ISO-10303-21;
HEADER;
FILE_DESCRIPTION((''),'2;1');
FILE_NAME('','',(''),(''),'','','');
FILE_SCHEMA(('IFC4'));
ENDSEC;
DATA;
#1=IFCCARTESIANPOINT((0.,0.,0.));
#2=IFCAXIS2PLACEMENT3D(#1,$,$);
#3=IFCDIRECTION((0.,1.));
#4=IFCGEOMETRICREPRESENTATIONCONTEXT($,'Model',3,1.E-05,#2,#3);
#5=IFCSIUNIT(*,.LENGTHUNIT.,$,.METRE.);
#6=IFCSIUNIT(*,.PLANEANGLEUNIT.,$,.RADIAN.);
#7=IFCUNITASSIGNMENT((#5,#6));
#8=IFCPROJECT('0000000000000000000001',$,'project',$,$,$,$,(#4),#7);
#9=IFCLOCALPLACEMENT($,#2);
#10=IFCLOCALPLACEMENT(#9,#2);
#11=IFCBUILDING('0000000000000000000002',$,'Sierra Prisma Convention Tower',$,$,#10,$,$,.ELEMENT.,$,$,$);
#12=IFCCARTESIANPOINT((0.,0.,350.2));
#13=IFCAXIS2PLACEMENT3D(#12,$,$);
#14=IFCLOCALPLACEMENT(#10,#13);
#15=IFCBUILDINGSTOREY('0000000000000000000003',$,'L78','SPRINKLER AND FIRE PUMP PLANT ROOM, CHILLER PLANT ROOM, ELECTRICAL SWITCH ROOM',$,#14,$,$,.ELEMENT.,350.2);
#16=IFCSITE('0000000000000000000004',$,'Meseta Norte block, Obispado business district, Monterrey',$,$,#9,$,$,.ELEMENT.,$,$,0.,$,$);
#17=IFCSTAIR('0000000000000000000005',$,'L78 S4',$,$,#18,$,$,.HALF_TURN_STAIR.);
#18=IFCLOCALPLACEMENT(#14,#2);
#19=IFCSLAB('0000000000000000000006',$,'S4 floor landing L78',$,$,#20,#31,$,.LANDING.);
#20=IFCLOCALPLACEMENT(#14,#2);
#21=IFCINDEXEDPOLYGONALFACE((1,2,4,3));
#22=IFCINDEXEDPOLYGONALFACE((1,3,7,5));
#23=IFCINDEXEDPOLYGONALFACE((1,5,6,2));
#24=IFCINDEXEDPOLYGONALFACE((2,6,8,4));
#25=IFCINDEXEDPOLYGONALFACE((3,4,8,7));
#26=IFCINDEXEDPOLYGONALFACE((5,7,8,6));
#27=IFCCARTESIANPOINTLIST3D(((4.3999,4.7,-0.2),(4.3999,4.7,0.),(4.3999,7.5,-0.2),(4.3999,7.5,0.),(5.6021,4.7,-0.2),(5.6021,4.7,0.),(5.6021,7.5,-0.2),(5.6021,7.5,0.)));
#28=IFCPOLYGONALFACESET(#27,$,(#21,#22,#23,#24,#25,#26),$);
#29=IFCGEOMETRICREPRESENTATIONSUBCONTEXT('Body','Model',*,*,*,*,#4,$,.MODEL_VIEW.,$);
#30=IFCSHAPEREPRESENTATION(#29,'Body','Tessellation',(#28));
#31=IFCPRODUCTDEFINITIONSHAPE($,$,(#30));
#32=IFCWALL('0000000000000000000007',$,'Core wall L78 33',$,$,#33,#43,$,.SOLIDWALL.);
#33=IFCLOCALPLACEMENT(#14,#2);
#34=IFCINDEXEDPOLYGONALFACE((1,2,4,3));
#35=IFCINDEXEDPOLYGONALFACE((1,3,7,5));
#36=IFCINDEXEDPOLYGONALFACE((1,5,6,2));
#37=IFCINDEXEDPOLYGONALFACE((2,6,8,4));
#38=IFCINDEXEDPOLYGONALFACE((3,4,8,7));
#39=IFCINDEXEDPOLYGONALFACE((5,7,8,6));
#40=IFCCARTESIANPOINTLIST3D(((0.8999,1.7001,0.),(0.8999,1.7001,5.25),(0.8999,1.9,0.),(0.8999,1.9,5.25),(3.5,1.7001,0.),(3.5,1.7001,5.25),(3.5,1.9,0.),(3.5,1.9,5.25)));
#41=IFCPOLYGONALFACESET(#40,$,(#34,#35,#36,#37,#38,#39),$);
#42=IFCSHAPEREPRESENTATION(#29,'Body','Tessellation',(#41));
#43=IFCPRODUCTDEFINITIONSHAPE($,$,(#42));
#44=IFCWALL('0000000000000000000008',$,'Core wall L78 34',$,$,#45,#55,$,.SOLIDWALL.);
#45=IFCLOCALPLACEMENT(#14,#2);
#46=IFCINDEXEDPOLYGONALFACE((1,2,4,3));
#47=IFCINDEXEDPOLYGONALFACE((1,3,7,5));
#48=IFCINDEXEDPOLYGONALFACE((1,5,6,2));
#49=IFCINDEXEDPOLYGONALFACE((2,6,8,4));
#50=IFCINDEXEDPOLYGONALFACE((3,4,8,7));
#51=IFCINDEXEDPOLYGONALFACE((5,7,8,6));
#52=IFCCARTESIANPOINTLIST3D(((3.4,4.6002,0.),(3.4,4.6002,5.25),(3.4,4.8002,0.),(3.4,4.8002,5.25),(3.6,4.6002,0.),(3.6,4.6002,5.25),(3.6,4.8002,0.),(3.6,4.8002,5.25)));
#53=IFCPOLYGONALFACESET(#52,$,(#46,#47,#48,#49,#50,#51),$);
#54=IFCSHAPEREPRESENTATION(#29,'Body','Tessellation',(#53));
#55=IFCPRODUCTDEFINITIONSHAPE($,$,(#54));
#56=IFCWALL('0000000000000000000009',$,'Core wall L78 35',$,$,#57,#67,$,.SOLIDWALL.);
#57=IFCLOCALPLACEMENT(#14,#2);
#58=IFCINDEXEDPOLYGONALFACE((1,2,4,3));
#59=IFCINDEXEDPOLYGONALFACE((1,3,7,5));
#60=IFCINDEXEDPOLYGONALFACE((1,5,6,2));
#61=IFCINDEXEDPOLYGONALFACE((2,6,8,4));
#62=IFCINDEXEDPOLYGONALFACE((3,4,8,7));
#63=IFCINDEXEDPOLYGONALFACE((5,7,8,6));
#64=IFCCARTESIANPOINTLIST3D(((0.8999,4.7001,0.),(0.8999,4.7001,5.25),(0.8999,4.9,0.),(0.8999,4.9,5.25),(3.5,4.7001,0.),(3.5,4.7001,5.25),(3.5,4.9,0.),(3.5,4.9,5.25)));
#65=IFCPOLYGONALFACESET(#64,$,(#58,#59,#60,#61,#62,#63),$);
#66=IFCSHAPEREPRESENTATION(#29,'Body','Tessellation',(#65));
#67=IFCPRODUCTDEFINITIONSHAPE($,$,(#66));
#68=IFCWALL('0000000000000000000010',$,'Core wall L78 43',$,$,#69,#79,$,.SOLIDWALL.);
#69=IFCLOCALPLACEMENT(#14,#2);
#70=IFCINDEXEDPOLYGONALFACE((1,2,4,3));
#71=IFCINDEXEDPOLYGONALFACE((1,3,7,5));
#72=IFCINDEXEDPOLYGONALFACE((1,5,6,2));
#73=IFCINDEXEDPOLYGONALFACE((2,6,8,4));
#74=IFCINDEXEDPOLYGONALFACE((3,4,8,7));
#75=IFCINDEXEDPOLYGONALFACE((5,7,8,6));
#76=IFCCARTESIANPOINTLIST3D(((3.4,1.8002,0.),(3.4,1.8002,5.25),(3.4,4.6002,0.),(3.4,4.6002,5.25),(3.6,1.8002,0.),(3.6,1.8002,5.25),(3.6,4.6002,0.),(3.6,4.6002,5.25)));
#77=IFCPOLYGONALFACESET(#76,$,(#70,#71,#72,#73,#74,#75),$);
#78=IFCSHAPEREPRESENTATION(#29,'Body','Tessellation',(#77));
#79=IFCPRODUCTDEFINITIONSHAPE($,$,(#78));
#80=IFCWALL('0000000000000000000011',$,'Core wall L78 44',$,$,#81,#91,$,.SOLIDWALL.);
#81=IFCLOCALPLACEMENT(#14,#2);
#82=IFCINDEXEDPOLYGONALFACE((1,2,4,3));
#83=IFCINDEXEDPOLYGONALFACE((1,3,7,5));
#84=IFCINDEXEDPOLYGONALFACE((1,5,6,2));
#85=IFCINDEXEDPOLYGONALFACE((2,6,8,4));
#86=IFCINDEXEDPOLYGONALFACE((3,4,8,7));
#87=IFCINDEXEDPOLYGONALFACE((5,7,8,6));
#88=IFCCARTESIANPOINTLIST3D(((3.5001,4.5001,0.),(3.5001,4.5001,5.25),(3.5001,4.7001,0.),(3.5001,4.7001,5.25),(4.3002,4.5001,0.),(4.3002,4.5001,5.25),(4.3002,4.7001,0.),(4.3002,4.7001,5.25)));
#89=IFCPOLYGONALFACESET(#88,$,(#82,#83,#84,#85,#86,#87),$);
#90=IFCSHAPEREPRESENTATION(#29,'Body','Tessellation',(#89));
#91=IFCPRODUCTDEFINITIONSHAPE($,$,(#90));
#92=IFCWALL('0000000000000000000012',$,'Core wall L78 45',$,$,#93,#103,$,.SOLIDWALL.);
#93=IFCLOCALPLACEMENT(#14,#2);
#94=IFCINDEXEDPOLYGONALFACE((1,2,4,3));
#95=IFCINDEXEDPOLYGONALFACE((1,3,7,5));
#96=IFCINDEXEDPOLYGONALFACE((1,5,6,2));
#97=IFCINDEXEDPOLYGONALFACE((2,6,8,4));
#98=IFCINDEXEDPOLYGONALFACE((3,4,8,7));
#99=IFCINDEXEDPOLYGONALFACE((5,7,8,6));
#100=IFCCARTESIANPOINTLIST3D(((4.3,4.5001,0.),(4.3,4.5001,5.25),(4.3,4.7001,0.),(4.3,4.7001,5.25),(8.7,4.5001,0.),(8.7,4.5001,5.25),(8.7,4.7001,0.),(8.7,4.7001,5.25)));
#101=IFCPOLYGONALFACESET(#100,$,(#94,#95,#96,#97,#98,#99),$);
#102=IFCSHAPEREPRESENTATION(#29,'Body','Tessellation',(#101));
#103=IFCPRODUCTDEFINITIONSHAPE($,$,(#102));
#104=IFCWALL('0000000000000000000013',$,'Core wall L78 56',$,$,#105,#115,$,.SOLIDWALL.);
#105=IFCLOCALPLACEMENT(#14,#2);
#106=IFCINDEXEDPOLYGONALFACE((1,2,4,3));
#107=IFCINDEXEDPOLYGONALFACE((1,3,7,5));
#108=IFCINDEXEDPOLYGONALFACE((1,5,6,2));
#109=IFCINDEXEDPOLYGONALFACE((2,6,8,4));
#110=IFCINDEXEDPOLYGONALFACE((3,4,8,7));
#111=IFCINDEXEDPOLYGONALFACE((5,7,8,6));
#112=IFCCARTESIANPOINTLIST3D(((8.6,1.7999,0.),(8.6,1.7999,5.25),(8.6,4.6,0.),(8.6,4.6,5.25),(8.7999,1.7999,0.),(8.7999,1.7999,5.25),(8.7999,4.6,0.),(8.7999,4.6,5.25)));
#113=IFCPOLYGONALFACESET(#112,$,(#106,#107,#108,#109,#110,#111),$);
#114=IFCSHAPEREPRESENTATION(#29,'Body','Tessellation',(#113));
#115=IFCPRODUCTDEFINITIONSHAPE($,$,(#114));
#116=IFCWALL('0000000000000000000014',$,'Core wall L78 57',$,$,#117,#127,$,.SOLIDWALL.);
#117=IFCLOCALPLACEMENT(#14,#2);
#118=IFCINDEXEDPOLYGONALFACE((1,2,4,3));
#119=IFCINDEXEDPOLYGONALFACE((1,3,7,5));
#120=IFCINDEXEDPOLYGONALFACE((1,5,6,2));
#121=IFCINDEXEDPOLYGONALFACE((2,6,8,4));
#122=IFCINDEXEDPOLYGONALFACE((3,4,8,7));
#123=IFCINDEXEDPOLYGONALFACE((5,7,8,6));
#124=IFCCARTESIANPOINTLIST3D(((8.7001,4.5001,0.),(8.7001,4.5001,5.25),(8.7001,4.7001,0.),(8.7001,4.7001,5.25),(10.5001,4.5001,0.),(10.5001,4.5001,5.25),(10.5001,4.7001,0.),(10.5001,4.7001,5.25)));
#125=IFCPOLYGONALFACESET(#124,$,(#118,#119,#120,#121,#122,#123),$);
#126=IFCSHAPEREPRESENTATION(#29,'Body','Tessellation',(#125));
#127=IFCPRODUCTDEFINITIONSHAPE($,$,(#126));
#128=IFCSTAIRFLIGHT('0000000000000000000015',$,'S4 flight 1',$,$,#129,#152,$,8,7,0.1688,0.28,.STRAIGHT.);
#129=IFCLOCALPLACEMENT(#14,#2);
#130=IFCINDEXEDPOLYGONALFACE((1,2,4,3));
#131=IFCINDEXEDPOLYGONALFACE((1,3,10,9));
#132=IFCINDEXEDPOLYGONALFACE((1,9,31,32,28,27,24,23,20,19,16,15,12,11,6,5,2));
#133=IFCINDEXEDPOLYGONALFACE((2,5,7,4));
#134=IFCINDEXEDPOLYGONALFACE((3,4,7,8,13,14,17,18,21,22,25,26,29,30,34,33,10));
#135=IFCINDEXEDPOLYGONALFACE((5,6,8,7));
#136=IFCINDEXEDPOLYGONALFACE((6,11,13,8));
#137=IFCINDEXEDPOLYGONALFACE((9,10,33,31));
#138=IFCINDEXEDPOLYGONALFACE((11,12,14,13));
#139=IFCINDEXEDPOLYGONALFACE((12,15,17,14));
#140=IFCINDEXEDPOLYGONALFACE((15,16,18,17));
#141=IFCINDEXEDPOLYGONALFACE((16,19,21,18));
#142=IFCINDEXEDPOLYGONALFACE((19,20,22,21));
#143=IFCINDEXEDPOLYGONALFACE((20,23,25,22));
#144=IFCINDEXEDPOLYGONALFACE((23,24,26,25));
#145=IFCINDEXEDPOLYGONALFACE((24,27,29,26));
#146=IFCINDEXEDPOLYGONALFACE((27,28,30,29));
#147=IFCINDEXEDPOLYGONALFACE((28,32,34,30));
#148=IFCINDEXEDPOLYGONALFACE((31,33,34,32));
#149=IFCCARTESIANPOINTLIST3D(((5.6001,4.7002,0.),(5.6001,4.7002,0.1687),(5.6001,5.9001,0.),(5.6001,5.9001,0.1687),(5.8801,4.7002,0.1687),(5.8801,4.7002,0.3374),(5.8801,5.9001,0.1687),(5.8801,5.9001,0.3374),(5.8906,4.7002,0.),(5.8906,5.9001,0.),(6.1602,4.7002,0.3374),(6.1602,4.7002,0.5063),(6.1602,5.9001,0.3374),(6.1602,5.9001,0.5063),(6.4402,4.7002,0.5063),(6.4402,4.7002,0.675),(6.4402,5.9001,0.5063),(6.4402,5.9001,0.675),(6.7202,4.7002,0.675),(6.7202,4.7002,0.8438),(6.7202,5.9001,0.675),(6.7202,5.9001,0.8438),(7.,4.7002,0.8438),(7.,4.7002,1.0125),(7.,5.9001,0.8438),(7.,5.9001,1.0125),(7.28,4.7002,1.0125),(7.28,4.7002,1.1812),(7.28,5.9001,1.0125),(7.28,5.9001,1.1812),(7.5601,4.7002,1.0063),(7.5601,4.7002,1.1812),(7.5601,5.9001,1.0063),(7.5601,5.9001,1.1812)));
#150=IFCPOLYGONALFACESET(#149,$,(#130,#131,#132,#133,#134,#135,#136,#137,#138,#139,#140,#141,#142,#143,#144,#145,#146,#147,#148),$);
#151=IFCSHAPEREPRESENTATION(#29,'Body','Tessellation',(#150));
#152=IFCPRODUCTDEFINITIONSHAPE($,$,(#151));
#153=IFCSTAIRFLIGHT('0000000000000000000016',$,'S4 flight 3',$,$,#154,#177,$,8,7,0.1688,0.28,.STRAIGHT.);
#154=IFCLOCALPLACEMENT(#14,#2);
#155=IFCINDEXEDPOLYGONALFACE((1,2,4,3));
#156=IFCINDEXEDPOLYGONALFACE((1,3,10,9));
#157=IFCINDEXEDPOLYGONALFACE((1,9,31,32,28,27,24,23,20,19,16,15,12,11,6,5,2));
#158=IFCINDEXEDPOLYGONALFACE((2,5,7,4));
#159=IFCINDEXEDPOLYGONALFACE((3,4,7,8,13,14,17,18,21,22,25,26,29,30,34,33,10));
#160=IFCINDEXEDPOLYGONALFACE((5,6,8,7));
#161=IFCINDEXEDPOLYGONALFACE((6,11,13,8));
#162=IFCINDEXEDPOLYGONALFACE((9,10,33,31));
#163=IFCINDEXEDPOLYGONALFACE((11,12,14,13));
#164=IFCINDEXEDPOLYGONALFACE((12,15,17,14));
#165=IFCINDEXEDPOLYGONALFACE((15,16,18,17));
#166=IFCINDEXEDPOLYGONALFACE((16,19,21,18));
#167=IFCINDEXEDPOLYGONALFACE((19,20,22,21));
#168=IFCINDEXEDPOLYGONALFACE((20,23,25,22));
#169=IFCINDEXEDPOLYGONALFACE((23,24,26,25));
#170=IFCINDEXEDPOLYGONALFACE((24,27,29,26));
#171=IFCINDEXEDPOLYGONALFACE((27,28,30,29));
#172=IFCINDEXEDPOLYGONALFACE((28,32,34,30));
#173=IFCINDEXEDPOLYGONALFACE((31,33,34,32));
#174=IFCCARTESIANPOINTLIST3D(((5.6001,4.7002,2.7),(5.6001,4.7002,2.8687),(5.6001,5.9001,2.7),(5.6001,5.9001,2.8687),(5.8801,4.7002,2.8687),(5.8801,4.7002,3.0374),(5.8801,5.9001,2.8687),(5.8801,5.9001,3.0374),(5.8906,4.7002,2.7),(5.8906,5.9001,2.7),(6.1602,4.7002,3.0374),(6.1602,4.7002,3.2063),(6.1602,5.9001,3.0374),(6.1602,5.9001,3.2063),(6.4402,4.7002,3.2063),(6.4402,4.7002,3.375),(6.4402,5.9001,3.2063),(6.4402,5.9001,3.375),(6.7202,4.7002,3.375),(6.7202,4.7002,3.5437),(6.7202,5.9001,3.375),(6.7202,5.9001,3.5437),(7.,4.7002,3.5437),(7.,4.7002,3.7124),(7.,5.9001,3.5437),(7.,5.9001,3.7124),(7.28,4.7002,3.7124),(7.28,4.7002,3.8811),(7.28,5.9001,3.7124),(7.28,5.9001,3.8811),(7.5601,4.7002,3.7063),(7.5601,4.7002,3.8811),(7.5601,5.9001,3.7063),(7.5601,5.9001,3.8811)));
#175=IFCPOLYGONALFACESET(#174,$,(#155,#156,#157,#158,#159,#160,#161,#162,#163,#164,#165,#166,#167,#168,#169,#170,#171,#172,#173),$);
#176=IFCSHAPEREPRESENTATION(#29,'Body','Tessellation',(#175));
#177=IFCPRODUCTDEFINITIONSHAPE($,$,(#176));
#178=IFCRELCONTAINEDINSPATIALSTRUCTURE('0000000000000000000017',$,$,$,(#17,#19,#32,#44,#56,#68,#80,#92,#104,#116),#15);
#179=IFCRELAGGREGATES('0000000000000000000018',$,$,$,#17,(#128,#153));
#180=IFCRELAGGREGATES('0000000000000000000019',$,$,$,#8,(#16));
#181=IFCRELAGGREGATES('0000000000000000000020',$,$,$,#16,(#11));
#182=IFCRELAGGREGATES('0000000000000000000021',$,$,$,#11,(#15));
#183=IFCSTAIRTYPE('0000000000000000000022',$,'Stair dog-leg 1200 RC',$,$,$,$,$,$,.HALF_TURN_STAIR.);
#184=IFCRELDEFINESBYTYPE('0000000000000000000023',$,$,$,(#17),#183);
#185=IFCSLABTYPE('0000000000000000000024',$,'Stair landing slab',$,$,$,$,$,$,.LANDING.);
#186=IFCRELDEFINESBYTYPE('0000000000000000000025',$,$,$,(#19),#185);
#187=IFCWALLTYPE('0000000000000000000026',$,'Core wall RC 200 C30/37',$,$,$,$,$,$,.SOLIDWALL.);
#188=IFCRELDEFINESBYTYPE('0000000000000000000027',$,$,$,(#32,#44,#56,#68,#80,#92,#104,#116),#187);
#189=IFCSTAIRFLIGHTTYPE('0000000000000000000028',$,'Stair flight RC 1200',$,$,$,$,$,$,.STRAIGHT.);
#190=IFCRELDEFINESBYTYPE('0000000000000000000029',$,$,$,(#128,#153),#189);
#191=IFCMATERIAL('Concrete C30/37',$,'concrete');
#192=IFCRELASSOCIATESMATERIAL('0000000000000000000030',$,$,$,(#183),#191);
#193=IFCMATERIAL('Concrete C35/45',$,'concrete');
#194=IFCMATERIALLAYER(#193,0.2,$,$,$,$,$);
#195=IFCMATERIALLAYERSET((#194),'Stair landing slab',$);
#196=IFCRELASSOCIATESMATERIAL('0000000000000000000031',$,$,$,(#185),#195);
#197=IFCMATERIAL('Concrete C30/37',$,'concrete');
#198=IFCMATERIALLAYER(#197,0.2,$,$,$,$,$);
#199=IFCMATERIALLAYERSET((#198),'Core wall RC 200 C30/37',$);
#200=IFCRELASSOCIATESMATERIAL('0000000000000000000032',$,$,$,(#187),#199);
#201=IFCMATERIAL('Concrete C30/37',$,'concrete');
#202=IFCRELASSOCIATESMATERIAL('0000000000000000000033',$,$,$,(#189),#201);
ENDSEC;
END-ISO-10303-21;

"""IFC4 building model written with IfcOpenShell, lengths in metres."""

from ifc_helpers import new_model, si_unit, direction, frame, frame_2d, origin, place, context, subcontext, project, spatial, polyline, rectangle, outline, extrude, material, layer, layer_set, type_object, element, aggregate, save


model = new_model("IFC4")

# Units and contexts
model_context = context("Model", 3, precision=1e-05, world=origin(), true_north=direction((0.0, 1.0)))
body_context = subcontext(model_context, "Body", "Model", "MODEL_VIEW")
ifc_project = project(units=[si_unit("LENGTHUNIT", "METRE"), si_unit("PLANEANGLEUNIT", "RADIAN")], contexts=[model_context])

# Site, building, storey
site_placement = place(None, origin())
site = spatial("IfcSite", under=ifc_project, at=site_placement, Name="Meseta Norte block, Obispado business district, Monterrey", CompositionType="ELEMENT", RefElevation=0.0)
building_placement = place(site_placement, origin())
building = spatial("IfcBuilding", under=site, at=building_placement, Name="Sierra Prisma Convention Tower", CompositionType="ELEMENT")
storey_placement = place(building_placement, frame((0.0, 0.0, 350.2)))
storey = spatial("IfcBuildingStorey", under=building, at=storey_placement, Name="L78", Description="SPRINKLER AND FIRE PUMP PLANT ROOM, CHILLER PLANT ROOM, ELECTRICAL SWITCH ROOM", CompositionType="ELEMENT", Elevation=350.2)

# Shared definitions
ifc_material_1 = material(Name="Concrete C30/37", Category="concrete")
stair_type = type_object("IfcStairType", Name="Stair dog-leg 1200 RC", PredefinedType="HALF_TURN_STAIR", material=ifc_material_1)
ifc_material_2 = material(Name="Concrete C35/45", Category="concrete")
ifc_layer_1 = layer(ifc_material_2, 0.2)
ifc_layer_set_1 = layer_set([ifc_layer_1], Name="Stair landing slab")
slab_type = type_object("IfcSlabType", Name="Stair landing slab", PredefinedType="LANDING", material=ifc_layer_set_1)

# Stair
stair_1_placement = place(storey_placement, origin())
stair_1 = element("IfcStair", 1, at=stair_1_placement, inside=storey, type_object=stair_type, Name="L78 S4", PredefinedType="HALF_TURN_STAIR")

# Slab
slab_1_placement = place(storey_placement, frame((0.0, 0.0, -0.2)))
element("IfcSlab", 2, at=slab_1_placement, inside=storey, type_object=slab_type, Name="S4 floor landing L78", PredefinedType="LANDING", context=body_context, shape_type="SweptSolid", body=[
    extrude(outline(polyline([(4.3999, 4.7), (5.6021, 4.7), (5.6021, 7.5), (4.3999, 7.5), (4.3999, 4.7)])), origin(), (0.0, 0.0, 1.0), 0.2),
])

# Shared definitions
ifc_material_3 = material(Name="Concrete C30/37", Category="concrete")
ifc_layer_2 = layer(ifc_material_3, 0.2)
ifc_layer_set_2 = layer_set([ifc_layer_2], Name="Core wall RC 200 C30/37")
wall_type = type_object("IfcWallType", Name="Core wall RC 200 C30/37", PredefinedType="SOLIDWALL", material=ifc_layer_set_2)

# Walls
wall_1_placement = place(storey_placement, frame((3.5, 1.8, 0.0), z_axis=(0.0, 0.0, 1.0), x_axis=(-1.0, 0.0, 0.0)))
element("IfcWall", 3, at=wall_1_placement, inside=storey, type_object=wall_type, Name="Core wall L78 33", PredefinedType="SOLIDWALL", context=body_context, shape_type="SweptSolid", body=[
    extrude(rectangle(XDim=2.6001, YDim=0.2, at=frame_2d((1.3, 0.0))), origin(), (0.0, 0.0, 1.0), 5.25),
])
wall_2_placement = place(storey_placement, frame((3.5, 4.6001, 0.0), z_axis=(0.0, 0.0, 1.0), x_axis=(0.0, 1.0, 0.0)))
element("IfcWall", 4, at=wall_2_placement, inside=storey, type_object=wall_type, Name="Core wall L78 34", PredefinedType="SOLIDWALL", context=body_context, shape_type="SweptSolid", body=[
    extrude(rectangle(XDim=0.2, YDim=0.2, at=frame_2d((0.1001, 0.0))), origin(), (0.0, 0.0, 1.0), 5.25),
])
wall_3_placement = place(storey_placement, frame((3.5, 4.8, 0.0), z_axis=(0.0, 0.0, 1.0), x_axis=(-1.0, 0.0, 0.0)))
element("IfcWall", 5, at=wall_3_placement, inside=storey, type_object=wall_type, Name="Core wall L78 35", PredefinedType="SOLIDWALL", context=body_context, shape_type="SweptSolid", body=[
    extrude(rectangle(XDim=2.6001, YDim=0.2, at=frame_2d((1.3, 0.0))), origin(), (0.0, 0.0, 1.0), 5.25),
])

# Walls
wall_4_placement = place(storey_placement, frame((3.5, 4.6001, 0.0), z_axis=(0.0, 0.0, 1.0), x_axis=(0.0, -1.0, 0.0)))
element("IfcWall", 6, at=wall_4_placement, inside=storey, type_object=wall_type, Name="Core wall L78 43", PredefinedType="SOLIDWALL", context=body_context, shape_type="SweptSolid", body=[
    extrude(rectangle(XDim=2.8, YDim=0.2, at=frame_2d((1.3999, 0.0))), origin(), (0.0, 0.0, 1.0), 5.25),
])
wall_5_placement = place(storey_placement, frame((4.3, 4.6001, 0.0), z_axis=(0.0, 0.0, 1.0), x_axis=(-1.0, 0.0, 0.0)))
element("IfcWall", 7, at=wall_5_placement, inside=storey, type_object=wall_type, Name="Core wall L78 44", PredefinedType="SOLIDWALL", context=body_context, shape_type="SweptSolid", body=[
    extrude(rectangle(XDim=0.8, YDim=0.2, at=frame_2d((0.3999, 0.0))), origin(), (0.0, 0.0, 1.0), 5.25),
])
wall_6_placement = place(storey_placement, frame((8.7, 4.6001, 0.0), z_axis=(0.0, 0.0, 1.0), x_axis=(-1.0, 0.0, 0.0)))
element("IfcWall", 8, at=wall_6_placement, inside=storey, type_object=wall_type, Name="Core wall L78 45", PredefinedType="SOLIDWALL", context=body_context, shape_type="SweptSolid", body=[
    extrude(rectangle(XDim=4.3999, YDim=0.2, at=frame_2d((2.2, 0.0))), origin(), (0.0, 0.0, 1.0), 5.25),
])

# Walls
wall_7_placement = place(storey_placement, frame((8.7, 1.8, 0.0), z_axis=(0.0, 0.0, 1.0), x_axis=(0.0, 1.0, 0.0)))
element("IfcWall", 9, at=wall_7_placement, inside=storey, type_object=wall_type, Name="Core wall L78 56", PredefinedType="SOLIDWALL", context=body_context, shape_type="SweptSolid", body=[
    extrude(rectangle(XDim=2.8, YDim=0.2, at=frame_2d((1.3999, 0.0))), origin(), (0.0, 0.0, 1.0), 5.25),
])
wall_8_placement = place(storey_placement, frame((10.5, 4.6001, 0.0), z_axis=(0.0, 0.0, 1.0), x_axis=(-1.0, 0.0, 0.0)))
element("IfcWall", 10, at=wall_8_placement, inside=storey, type_object=wall_type, Name="Core wall L78 57", PredefinedType="SOLIDWALL", context=body_context, shape_type="SweptSolid", body=[
    extrude(rectangle(XDim=1.8, YDim=0.2, at=frame_2d((0.8999, 0.0))), origin(), (0.0, 0.0, 1.0), 5.25),
])

# Stair flights
ifc_material_4 = material(Name="Concrete C30/37", Category="concrete")
stair_flight_type = type_object("IfcStairFlightType", Name="Stair flight RC 1200", PredefinedType="STRAIGHT", material=ifc_material_4)
stair_flight_1_placement = place(storey_placement, frame((5.6001, 5.3, 0.0), z_axis=(0.0, 0.0, 1.0), x_axis=(1.0, 0.0, 0.0)))
stair_flight_1 = element("IfcStairFlight", 11, at=stair_flight_1_placement, type_object=stair_flight_type, Name="S4 flight 1", NumberOfRisers=8, NumberOfTreads=7, PredefinedType="STRAIGHT", RiserHeight=0.1688, TreadLength=0.28, context=body_context, shape_type="SweptSolid", body=[
    extrude(outline(polyline([(0.0, 0.0), (0.0, 0.1687), (0.28, 0.1687), (0.28, 0.3374), (0.5601, 0.3374), (0.5601, 0.5063), (0.8401, 0.5063), (0.8401, 0.675), (1.1201, 0.675), (1.1201, 0.8438), (1.3999, 0.8438), (1.3999, 1.0125), (1.6799, 1.0125), (1.6799, 1.1812), (1.96, 1.1812), (1.96, 1.3501), (1.96, 1.0063), (0.2905, 0.0), (0.0, 0.0)])), frame((0.0, 0.6001, 0.0), z_axis=(0.0, -1.0, 0.0), x_axis=(1.0, 0.0, 0.0)), (0.0, 0.0, 1.0), 1.2),
])
stair_flight_2_placement = place(storey_placement, frame((5.6001, 5.3, 2.7), z_axis=(0.0, 0.0, 1.0), x_axis=(1.0, 0.0, 0.0)))
stair_flight_2 = element("IfcStairFlight", 12, at=stair_flight_2_placement, type_object=stair_flight_type, Name="S4 flight 3", NumberOfRisers=8, NumberOfTreads=7, PredefinedType="STRAIGHT", RiserHeight=0.1688, TreadLength=0.28, context=body_context, shape_type="SweptSolid", body=[
    extrude(outline(polyline([(0.0, 0.0), (0.0, 0.1687), (0.28, 0.1687), (0.28, 0.3374), (0.5601, 0.3374), (0.5601, 0.5063), (0.8401, 0.5063), (0.8401, 0.675), (1.1201, 0.675), (1.1201, 0.8438), (1.3999, 0.8438), (1.3999, 1.0125), (1.6799, 1.0125), (1.6799, 1.1812), (1.96, 1.1812), (1.96, 1.3501), (1.96, 1.0063), (0.2905, 0.0), (0.0, 0.0)])), frame((0.0, 0.6001, 0.0), z_axis=(0.0, -1.0, 0.0), x_axis=(1.0, 0.0, 0.0)), (0.0, 0.0, 1.0), 1.2),
])
aggregate(stair_1, [stair_flight_1, stair_flight_2])

save(model, "model.ifc")
